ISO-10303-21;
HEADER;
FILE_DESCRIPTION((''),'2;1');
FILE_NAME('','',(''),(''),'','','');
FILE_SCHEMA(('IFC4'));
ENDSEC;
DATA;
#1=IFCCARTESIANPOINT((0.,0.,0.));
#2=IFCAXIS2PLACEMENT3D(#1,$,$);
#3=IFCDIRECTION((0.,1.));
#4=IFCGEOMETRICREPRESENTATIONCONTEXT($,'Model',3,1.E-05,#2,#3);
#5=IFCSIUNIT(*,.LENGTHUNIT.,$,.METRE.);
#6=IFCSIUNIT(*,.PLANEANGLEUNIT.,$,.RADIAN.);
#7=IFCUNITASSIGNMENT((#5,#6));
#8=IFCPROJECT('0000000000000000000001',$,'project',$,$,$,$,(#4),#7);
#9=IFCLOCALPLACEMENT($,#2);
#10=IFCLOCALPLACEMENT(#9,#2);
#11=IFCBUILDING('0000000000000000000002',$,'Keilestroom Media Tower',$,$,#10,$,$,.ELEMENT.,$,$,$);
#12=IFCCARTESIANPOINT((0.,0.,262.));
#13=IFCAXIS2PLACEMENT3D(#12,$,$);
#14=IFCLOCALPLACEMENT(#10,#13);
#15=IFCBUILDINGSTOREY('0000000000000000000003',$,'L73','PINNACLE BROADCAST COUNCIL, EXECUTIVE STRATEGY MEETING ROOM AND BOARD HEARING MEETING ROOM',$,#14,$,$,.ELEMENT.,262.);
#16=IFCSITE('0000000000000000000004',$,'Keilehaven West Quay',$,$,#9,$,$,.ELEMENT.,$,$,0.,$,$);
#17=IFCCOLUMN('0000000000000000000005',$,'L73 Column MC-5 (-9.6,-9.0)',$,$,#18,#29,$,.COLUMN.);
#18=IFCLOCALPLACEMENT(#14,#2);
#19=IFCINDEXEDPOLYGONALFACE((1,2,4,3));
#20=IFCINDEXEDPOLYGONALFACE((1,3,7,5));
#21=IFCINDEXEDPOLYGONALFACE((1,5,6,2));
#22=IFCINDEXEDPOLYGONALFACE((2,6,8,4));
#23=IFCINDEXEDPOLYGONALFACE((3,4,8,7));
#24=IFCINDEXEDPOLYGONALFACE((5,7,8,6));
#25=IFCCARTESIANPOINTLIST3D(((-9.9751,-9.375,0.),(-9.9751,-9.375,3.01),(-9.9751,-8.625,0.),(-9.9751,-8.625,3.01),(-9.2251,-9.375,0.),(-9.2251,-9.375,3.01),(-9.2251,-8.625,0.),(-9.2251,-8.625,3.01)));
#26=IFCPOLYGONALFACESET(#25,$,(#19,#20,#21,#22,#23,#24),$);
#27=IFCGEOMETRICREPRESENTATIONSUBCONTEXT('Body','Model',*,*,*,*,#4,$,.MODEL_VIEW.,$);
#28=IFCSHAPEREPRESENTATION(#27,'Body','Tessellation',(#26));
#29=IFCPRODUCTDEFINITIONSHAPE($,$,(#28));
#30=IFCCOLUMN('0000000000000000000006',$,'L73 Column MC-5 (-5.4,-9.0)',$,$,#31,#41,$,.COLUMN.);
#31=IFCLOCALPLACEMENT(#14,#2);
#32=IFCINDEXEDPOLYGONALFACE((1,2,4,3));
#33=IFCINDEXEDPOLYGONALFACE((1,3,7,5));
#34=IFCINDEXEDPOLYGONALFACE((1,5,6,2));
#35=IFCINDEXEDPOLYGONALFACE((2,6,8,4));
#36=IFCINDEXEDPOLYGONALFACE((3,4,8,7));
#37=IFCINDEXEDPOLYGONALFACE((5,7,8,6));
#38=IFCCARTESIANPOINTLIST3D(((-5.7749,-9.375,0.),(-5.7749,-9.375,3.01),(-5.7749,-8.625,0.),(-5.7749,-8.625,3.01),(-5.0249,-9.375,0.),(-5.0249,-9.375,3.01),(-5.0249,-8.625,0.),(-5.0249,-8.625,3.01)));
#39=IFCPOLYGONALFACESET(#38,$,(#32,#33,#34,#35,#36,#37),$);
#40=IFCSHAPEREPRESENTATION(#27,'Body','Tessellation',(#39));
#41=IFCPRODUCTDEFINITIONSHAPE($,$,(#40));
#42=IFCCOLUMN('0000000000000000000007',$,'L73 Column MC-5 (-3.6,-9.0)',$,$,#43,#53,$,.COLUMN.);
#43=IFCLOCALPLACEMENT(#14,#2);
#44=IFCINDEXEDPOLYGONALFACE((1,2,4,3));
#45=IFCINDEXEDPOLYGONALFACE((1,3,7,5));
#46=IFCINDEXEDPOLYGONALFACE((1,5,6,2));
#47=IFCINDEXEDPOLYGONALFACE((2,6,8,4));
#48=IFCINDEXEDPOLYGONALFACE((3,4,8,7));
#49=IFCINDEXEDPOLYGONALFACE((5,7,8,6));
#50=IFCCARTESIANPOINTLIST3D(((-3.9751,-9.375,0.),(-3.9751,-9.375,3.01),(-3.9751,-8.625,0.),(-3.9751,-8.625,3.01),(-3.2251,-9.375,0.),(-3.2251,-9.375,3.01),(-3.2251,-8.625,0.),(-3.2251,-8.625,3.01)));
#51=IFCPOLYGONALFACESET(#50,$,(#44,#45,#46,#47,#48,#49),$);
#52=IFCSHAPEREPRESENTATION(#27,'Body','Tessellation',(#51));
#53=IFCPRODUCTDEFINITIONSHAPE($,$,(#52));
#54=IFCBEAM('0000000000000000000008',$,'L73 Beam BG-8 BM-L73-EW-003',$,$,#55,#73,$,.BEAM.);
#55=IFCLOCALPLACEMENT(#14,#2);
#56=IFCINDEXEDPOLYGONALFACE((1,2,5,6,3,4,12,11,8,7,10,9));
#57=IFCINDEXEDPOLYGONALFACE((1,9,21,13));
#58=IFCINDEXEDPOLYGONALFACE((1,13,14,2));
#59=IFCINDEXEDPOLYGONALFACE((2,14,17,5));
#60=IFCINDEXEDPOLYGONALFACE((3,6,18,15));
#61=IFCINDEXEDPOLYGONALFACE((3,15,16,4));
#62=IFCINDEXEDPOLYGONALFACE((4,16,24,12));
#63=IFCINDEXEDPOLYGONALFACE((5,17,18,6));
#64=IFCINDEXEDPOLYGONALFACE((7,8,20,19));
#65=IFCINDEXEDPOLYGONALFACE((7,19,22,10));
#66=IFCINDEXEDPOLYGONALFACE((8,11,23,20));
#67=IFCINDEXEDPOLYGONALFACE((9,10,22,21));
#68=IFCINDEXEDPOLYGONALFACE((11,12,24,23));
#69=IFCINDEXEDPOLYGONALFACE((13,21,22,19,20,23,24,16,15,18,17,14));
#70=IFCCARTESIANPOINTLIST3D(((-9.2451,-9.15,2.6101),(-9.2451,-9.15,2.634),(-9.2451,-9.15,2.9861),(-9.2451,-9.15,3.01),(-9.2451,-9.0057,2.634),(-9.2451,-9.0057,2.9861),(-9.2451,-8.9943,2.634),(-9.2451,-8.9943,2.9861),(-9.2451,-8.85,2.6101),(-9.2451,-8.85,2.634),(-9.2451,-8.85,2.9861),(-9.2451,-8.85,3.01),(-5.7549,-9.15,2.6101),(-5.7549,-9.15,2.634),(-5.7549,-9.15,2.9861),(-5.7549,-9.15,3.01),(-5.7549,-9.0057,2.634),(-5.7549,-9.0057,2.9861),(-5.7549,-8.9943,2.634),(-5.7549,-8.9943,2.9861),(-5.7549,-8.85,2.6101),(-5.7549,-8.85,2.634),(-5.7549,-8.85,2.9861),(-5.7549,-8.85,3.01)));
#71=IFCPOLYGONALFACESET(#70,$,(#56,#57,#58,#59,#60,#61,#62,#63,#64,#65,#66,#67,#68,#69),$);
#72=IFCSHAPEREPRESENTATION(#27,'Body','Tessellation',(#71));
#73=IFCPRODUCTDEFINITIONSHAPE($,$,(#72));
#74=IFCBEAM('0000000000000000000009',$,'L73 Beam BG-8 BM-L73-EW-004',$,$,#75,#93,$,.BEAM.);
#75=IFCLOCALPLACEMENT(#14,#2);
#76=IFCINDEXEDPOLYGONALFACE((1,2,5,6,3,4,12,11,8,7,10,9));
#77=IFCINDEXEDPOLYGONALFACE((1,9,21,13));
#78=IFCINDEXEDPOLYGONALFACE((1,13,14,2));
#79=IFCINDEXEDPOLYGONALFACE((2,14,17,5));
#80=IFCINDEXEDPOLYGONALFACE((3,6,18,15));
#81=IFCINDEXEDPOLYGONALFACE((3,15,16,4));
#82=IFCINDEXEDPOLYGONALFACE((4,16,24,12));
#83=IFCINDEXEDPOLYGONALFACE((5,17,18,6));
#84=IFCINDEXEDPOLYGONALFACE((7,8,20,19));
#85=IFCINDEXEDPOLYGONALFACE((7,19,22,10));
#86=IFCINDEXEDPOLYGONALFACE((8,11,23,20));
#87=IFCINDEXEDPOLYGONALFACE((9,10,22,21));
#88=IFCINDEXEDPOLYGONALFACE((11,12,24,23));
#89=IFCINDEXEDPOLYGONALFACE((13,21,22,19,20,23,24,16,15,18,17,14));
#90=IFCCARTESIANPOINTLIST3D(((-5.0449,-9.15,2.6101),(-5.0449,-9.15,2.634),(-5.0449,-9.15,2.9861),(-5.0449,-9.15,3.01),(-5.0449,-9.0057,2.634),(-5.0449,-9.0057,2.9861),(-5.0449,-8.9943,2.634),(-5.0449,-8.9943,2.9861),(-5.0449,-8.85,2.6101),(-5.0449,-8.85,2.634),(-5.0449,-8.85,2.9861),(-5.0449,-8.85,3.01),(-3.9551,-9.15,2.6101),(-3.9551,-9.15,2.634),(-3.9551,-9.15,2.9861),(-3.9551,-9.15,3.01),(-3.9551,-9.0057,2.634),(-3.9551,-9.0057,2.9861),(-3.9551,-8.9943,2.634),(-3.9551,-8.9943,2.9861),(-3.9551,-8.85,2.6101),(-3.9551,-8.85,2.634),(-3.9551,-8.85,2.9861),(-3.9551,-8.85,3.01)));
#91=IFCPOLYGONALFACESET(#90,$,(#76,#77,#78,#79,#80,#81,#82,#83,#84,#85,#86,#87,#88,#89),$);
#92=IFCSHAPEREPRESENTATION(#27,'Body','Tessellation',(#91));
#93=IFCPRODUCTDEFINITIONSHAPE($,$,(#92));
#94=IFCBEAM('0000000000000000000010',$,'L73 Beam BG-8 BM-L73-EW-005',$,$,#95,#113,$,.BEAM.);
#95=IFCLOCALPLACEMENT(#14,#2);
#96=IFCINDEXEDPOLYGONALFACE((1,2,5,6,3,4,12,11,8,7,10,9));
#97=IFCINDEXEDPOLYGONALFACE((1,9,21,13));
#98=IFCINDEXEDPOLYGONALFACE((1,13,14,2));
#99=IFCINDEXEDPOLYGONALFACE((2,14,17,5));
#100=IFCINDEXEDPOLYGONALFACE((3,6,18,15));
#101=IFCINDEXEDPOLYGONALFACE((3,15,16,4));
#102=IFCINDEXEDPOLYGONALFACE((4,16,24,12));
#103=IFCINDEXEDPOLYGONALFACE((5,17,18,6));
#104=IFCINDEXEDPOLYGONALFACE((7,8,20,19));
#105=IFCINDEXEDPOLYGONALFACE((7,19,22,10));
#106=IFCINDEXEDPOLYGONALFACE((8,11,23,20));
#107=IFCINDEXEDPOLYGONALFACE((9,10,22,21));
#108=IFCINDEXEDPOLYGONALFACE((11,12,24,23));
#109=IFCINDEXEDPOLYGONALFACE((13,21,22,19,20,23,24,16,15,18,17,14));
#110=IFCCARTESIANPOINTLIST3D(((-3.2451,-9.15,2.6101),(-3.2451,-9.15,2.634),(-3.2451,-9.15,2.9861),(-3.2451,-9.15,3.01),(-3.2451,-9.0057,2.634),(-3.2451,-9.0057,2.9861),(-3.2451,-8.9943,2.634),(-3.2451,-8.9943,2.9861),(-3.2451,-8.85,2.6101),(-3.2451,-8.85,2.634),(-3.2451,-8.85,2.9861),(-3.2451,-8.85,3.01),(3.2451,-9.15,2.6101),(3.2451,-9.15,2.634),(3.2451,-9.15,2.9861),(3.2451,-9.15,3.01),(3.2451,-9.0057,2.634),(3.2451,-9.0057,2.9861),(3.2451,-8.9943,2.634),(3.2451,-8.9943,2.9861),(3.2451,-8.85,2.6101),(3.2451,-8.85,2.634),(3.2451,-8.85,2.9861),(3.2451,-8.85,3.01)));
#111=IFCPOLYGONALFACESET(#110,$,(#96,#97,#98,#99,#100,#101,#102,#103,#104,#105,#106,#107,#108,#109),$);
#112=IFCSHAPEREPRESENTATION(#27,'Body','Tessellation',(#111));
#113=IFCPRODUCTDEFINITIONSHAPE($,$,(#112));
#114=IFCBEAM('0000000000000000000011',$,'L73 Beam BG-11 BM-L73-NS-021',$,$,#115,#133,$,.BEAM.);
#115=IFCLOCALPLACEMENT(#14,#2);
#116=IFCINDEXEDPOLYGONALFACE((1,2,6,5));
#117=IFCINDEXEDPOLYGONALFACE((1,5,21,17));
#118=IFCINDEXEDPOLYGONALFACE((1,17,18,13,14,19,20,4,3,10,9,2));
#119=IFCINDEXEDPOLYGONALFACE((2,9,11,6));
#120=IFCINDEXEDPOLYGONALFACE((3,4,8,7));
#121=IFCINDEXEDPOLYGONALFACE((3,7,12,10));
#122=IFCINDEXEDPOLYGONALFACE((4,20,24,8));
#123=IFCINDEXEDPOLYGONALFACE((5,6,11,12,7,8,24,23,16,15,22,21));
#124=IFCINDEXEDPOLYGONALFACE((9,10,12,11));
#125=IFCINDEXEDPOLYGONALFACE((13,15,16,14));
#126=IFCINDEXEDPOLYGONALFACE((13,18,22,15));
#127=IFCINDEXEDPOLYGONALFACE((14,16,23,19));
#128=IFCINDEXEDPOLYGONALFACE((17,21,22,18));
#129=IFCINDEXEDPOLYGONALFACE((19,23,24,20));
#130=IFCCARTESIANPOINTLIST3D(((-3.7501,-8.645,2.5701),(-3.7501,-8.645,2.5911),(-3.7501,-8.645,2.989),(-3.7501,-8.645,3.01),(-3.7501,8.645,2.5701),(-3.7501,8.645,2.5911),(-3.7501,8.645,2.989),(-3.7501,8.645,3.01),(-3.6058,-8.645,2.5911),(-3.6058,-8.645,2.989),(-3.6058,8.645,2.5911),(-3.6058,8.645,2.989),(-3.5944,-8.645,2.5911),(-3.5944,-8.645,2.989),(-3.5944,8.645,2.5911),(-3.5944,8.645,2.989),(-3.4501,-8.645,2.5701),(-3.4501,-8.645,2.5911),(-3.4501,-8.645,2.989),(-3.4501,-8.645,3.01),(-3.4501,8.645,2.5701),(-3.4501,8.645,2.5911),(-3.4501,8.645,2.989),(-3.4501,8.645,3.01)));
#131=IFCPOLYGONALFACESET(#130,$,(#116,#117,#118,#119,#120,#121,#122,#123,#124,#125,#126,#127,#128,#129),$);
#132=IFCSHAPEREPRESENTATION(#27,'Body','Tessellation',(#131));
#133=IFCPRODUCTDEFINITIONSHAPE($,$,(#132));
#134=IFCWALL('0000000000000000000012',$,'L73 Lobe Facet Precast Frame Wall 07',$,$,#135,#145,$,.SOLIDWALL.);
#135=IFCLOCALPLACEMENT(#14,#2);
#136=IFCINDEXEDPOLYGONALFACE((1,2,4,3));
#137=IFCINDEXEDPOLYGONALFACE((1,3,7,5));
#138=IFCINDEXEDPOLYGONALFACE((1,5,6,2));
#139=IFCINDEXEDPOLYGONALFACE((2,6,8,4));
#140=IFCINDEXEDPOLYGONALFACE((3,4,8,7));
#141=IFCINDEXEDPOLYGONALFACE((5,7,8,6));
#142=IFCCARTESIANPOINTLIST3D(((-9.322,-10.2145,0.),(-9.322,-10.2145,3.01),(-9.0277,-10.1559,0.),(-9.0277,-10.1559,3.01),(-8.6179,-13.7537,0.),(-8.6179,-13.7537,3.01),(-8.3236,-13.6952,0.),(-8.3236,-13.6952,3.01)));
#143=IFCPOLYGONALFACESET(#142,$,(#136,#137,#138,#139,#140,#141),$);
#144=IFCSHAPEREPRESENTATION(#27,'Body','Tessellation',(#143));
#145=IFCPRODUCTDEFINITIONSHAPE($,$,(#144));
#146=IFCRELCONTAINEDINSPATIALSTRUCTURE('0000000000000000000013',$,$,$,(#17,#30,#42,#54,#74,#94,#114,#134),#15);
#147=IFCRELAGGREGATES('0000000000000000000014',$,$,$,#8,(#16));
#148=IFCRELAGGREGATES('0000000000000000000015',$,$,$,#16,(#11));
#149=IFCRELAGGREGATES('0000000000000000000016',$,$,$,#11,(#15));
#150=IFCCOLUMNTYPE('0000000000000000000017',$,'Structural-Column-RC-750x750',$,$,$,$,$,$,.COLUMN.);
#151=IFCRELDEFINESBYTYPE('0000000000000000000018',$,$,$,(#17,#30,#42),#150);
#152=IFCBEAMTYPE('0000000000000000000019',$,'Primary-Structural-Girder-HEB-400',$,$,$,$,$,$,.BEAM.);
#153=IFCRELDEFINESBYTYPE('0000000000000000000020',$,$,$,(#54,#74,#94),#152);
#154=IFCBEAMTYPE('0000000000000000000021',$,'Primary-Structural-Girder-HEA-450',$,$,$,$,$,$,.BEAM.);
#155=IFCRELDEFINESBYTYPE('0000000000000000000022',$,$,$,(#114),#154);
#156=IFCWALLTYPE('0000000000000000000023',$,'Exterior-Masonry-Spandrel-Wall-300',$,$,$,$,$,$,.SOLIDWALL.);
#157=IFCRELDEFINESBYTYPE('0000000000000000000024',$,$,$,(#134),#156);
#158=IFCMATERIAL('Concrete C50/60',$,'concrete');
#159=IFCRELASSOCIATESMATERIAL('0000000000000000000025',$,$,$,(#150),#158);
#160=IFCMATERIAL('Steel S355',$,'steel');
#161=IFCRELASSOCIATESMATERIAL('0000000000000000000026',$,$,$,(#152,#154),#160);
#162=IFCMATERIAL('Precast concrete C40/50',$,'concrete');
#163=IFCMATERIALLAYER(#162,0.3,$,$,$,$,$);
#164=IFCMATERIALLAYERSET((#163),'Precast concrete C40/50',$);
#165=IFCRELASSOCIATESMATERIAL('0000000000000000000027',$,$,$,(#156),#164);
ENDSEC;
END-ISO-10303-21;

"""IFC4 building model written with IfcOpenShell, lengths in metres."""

from ifc_helpers import new_model, si_unit, direction, frame, frame_2d, origin, origin_2d, place, context, subcontext, project, spatial, rectangle, i_section, extrude, source, transform, mapped, material, layer, layer_set, material_profile, profile_set, type_object, element, save


model = new_model("IFC4")

# Units and contexts
model_context = context("Model", 3, precision=1e-05, world=origin(), true_north=direction((0.0, 1.0)))
body_context = subcontext(model_context, "Body", "Model", "MODEL_VIEW")
ifc_project = project(units=[si_unit("LENGTHUNIT", "METRE"), si_unit("PLANEANGLEUNIT", "RADIAN")], contexts=[model_context])

# Site, building, storey
site_placement = place(None, origin())
site = spatial("IfcSite", under=ifc_project, at=site_placement, Name="Keilehaven West Quay", CompositionType="ELEMENT", RefElevation=0.0)
building_placement = place(site_placement, origin())
building = spatial("IfcBuilding", under=site, at=building_placement, Name="Keilestroom Media Tower", CompositionType="ELEMENT")
storey_placement = place(building_placement, frame((0.0, 0.0, 262.0)))
storey = spatial("IfcBuildingStorey", under=building, at=storey_placement, Name="L73", Description="PINNACLE BROADCAST COUNCIL, EXECUTIVE STRATEGY MEETING ROOM AND BOARD HEARING MEETING ROOM", CompositionType="ELEMENT", Elevation=262.0)

# Columns
ifc_material_1 = material(Name="Concrete C50/60", Category="concrete")
ifc_material_profile_1 = material_profile(ifc_material_1, rectangle(XDim=0.75, YDim=0.75, at=origin_2d()), Name="RC 750x750")
ifc_profile_set_1 = profile_set([ifc_material_profile_1], Name="Concrete C50/60")
column_type = type_object("IfcColumnType", Name="Structural-Column-RC-750x750", PredefinedType="COLUMN", material=ifc_profile_set_1)
shared_shape_1 = source(origin(), body_context, "Body", "SweptSolid", [
    extrude(rectangle(XDim=0.75, YDim=0.75, at=origin_2d()), origin(), (0.0, 0.0, 1.0), 3.01),
])
for number, where, z_axis, x_axis, name in (
    (1, (-9.6001, -9.0, 0.0), (0.0, 0.0, 1.0), (1.0, 0.0, 0.0), "L73 Column MC-5 (-9.6,-9.0)"),
    (2, (-5.3999, -9.0, 0.0), (0.0, 0.0, 1.0), (1.0, 0.0, 0.0), "L73 Column MC-5 (-5.4,-9.0)"),
    (3, (-3.6001, -9.0, 0.0), (0.0, 0.0, 1.0), (1.0, 0.0, 0.0), "L73 Column MC-5 (-3.6,-9.0)"),
):
    element("IfcColumn", number, at=place(storey_placement, frame(where, z_axis=z_axis, x_axis=x_axis)), inside=storey, type_object=column_type, Name=name, PredefinedType="COLUMN", context=body_context, shape_type="MappedRepresentation", body=[
        mapped(shared_shape_1, transform((0.0, 0.0, 0.0), x_axis=(1.0, 0.0, 0.0), y_axis=(0.0, 1.0, 0.0), z_axis=(0.0, 0.0, 1.0), scale=1.0)),
    ])

# Beams
ifc_material_2 = material(Name="Steel S355", Category="steel")
ifc_material_profile_2 = material_profile(ifc_material_2, i_section(OverallWidth=0.3, OverallDepth=0.3999, WebThickness=0.0115, FlangeThickness=0.0239, at=origin_2d()), Name="HEB 400")
ifc_profile_set_2 = profile_set([ifc_material_profile_2], Name="Steel S355")
beam_type_1 = type_object("IfcBeamType", Name="Primary-Structural-Girder-HEB-400", PredefinedType="BEAM", material=ifc_profile_set_2)
shared_shape_2 = source(origin(), body_context, "Body", "SweptSolid", [
    extrude(i_section(OverallWidth=0.3, OverallDepth=0.3999, WebThickness=0.0115, FlangeThickness=0.0239, at=origin_2d()), origin(), (0.0, 0.0, 1.0), 3.4902),
])
beam_1_placement = place(storey_placement, frame((-9.2451, -9.0, 2.8101), z_axis=(1.0, 0.0, 0.0), x_axis=(0.0, 1.0, 0.0)))
element("IfcBeam", 4, at=beam_1_placement, inside=storey, type_object=beam_type_1, Name="L73 Beam BG-8 BM-L73-EW-003", PredefinedType="BEAM", context=body_context, shape_type="MappedRepresentation", body=[
    mapped(shared_shape_2, transform((0.0, 0.0, 0.0), x_axis=(1.0, 0.0, 0.0), y_axis=(0.0, 1.0, 0.0), z_axis=(0.0, 0.0, 1.0), scale=1.0)),
])
shared_shape_3 = source(origin(), body_context, "Body", "SweptSolid", [
    extrude(i_section(OverallWidth=0.3, OverallDepth=0.3999, WebThickness=0.0115, FlangeThickness=0.0239, at=origin_2d()), origin(), (0.0, 0.0, 1.0), 1.0898),
])
beam_2_placement = place(storey_placement, frame((-5.0449, -9.0, 2.8101), z_axis=(1.0, 0.0, 0.0), x_axis=(0.0, 1.0, 0.0)))
element("IfcBeam", 5, at=beam_2_placement, inside=storey, type_object=beam_type_1, Name="L73 Beam BG-8 BM-L73-EW-004", PredefinedType="BEAM", context=body_context, shape_type="MappedRepresentation", body=[
    mapped(shared_shape_3, transform((0.0, 0.0, 0.0), x_axis=(1.0, 0.0, 0.0), y_axis=(0.0, 1.0, 0.0), z_axis=(0.0, 0.0, 1.0), scale=1.0)),
])
shared_shape_4 = source(origin(), body_context, "Body", "SweptSolid", [
    extrude(i_section(OverallWidth=0.3, OverallDepth=0.3999, WebThickness=0.0115, FlangeThickness=0.0239, at=origin_2d()), origin(), (0.0, 0.0, 1.0), 6.4902),
])
beam_3_placement = place(storey_placement, frame((-3.2451, -9.0, 2.8101), z_axis=(1.0, 0.0, 0.0), x_axis=(0.0, 1.0, 0.0)))
element("IfcBeam", 6, at=beam_3_placement, inside=storey, type_object=beam_type_1, Name="L73 Beam BG-8 BM-L73-EW-005", PredefinedType="BEAM", context=body_context, shape_type="MappedRepresentation", body=[
    mapped(shared_shape_4, transform((0.0, 0.0, 0.0), x_axis=(1.0, 0.0, 0.0), y_axis=(0.0, 1.0, 0.0), z_axis=(0.0, 0.0, 1.0), scale=1.0)),
])
ifc_material_profile_3 = material_profile(ifc_material_2, i_section(OverallWidth=0.3, OverallDepth=0.4399, WebThickness=0.0115, FlangeThickness=0.021, at=origin_2d()), Name="HEA 450")
ifc_profile_set_3 = profile_set([ifc_material_profile_3], Name="Steel S355")
beam_type_2 = type_object("IfcBeamType", Name="Primary-Structural-Girder-HEA-450", PredefinedType="BEAM", material=ifc_profile_set_3)
shared_shape_5 = source(origin(), body_context, "Body", "SweptSolid", [
    extrude(i_section(OverallWidth=0.3, OverallDepth=0.4399, WebThickness=0.0115, FlangeThickness=0.021, at=origin_2d()), origin(), (0.0, 0.0, 1.0), 17.29),
])
beam_4_placement = place(storey_placement, frame((-3.6001, -8.645, 2.79), z_axis=(0.0, 1.0, 0.0), x_axis=(-1.0, 0.0, 0.0)))
element("IfcBeam", 7, at=beam_4_placement, inside=storey, type_object=beam_type_2, Name="L73 Beam BG-11 BM-L73-NS-021", PredefinedType="BEAM", context=body_context, shape_type="MappedRepresentation", body=[
    mapped(shared_shape_5, transform((0.0, 0.0, 0.0), x_axis=(1.0, 0.0, 0.0), y_axis=(0.0, 1.0, 0.0), z_axis=(0.0, 0.0, 1.0), scale=1.0)),
])

# Wall
ifc_material_3 = material(Name="Precast concrete C40/50", Category="concrete")
ifc_layer_1 = layer(ifc_material_3, 0.3)
ifc_layer_set_1 = layer_set([ifc_layer_1], Name="Precast concrete C40/50")
wall_type_1 = type_object("IfcWallType", Name="Exterior-Masonry-Spandrel-Wall-300", PredefinedType="SOLIDWALL", material=ifc_layer_set_1)
wall_1_placement = place(storey_placement, frame((-9.1748, -10.1853, 0.0), z_axis=(0.0, 0.0, 1.0), x_axis=(0.195114, -0.980781, 0.0)))
element("IfcWall", 8, at=wall_1_placement, inside=storey, type_object=wall_type_1, Name="L73 Lobe Facet Precast Frame Wall 07", PredefinedType="SOLIDWALL", context=body_context, shape_type="SweptSolid", body=[
    extrude(rectangle(XDim=3.6086, YDim=0.3, at=frame_2d((1.8042, 0.0))), origin(), (0.0, 0.0, 1.0), 3.01),
])

save(model, "model.ifc")
